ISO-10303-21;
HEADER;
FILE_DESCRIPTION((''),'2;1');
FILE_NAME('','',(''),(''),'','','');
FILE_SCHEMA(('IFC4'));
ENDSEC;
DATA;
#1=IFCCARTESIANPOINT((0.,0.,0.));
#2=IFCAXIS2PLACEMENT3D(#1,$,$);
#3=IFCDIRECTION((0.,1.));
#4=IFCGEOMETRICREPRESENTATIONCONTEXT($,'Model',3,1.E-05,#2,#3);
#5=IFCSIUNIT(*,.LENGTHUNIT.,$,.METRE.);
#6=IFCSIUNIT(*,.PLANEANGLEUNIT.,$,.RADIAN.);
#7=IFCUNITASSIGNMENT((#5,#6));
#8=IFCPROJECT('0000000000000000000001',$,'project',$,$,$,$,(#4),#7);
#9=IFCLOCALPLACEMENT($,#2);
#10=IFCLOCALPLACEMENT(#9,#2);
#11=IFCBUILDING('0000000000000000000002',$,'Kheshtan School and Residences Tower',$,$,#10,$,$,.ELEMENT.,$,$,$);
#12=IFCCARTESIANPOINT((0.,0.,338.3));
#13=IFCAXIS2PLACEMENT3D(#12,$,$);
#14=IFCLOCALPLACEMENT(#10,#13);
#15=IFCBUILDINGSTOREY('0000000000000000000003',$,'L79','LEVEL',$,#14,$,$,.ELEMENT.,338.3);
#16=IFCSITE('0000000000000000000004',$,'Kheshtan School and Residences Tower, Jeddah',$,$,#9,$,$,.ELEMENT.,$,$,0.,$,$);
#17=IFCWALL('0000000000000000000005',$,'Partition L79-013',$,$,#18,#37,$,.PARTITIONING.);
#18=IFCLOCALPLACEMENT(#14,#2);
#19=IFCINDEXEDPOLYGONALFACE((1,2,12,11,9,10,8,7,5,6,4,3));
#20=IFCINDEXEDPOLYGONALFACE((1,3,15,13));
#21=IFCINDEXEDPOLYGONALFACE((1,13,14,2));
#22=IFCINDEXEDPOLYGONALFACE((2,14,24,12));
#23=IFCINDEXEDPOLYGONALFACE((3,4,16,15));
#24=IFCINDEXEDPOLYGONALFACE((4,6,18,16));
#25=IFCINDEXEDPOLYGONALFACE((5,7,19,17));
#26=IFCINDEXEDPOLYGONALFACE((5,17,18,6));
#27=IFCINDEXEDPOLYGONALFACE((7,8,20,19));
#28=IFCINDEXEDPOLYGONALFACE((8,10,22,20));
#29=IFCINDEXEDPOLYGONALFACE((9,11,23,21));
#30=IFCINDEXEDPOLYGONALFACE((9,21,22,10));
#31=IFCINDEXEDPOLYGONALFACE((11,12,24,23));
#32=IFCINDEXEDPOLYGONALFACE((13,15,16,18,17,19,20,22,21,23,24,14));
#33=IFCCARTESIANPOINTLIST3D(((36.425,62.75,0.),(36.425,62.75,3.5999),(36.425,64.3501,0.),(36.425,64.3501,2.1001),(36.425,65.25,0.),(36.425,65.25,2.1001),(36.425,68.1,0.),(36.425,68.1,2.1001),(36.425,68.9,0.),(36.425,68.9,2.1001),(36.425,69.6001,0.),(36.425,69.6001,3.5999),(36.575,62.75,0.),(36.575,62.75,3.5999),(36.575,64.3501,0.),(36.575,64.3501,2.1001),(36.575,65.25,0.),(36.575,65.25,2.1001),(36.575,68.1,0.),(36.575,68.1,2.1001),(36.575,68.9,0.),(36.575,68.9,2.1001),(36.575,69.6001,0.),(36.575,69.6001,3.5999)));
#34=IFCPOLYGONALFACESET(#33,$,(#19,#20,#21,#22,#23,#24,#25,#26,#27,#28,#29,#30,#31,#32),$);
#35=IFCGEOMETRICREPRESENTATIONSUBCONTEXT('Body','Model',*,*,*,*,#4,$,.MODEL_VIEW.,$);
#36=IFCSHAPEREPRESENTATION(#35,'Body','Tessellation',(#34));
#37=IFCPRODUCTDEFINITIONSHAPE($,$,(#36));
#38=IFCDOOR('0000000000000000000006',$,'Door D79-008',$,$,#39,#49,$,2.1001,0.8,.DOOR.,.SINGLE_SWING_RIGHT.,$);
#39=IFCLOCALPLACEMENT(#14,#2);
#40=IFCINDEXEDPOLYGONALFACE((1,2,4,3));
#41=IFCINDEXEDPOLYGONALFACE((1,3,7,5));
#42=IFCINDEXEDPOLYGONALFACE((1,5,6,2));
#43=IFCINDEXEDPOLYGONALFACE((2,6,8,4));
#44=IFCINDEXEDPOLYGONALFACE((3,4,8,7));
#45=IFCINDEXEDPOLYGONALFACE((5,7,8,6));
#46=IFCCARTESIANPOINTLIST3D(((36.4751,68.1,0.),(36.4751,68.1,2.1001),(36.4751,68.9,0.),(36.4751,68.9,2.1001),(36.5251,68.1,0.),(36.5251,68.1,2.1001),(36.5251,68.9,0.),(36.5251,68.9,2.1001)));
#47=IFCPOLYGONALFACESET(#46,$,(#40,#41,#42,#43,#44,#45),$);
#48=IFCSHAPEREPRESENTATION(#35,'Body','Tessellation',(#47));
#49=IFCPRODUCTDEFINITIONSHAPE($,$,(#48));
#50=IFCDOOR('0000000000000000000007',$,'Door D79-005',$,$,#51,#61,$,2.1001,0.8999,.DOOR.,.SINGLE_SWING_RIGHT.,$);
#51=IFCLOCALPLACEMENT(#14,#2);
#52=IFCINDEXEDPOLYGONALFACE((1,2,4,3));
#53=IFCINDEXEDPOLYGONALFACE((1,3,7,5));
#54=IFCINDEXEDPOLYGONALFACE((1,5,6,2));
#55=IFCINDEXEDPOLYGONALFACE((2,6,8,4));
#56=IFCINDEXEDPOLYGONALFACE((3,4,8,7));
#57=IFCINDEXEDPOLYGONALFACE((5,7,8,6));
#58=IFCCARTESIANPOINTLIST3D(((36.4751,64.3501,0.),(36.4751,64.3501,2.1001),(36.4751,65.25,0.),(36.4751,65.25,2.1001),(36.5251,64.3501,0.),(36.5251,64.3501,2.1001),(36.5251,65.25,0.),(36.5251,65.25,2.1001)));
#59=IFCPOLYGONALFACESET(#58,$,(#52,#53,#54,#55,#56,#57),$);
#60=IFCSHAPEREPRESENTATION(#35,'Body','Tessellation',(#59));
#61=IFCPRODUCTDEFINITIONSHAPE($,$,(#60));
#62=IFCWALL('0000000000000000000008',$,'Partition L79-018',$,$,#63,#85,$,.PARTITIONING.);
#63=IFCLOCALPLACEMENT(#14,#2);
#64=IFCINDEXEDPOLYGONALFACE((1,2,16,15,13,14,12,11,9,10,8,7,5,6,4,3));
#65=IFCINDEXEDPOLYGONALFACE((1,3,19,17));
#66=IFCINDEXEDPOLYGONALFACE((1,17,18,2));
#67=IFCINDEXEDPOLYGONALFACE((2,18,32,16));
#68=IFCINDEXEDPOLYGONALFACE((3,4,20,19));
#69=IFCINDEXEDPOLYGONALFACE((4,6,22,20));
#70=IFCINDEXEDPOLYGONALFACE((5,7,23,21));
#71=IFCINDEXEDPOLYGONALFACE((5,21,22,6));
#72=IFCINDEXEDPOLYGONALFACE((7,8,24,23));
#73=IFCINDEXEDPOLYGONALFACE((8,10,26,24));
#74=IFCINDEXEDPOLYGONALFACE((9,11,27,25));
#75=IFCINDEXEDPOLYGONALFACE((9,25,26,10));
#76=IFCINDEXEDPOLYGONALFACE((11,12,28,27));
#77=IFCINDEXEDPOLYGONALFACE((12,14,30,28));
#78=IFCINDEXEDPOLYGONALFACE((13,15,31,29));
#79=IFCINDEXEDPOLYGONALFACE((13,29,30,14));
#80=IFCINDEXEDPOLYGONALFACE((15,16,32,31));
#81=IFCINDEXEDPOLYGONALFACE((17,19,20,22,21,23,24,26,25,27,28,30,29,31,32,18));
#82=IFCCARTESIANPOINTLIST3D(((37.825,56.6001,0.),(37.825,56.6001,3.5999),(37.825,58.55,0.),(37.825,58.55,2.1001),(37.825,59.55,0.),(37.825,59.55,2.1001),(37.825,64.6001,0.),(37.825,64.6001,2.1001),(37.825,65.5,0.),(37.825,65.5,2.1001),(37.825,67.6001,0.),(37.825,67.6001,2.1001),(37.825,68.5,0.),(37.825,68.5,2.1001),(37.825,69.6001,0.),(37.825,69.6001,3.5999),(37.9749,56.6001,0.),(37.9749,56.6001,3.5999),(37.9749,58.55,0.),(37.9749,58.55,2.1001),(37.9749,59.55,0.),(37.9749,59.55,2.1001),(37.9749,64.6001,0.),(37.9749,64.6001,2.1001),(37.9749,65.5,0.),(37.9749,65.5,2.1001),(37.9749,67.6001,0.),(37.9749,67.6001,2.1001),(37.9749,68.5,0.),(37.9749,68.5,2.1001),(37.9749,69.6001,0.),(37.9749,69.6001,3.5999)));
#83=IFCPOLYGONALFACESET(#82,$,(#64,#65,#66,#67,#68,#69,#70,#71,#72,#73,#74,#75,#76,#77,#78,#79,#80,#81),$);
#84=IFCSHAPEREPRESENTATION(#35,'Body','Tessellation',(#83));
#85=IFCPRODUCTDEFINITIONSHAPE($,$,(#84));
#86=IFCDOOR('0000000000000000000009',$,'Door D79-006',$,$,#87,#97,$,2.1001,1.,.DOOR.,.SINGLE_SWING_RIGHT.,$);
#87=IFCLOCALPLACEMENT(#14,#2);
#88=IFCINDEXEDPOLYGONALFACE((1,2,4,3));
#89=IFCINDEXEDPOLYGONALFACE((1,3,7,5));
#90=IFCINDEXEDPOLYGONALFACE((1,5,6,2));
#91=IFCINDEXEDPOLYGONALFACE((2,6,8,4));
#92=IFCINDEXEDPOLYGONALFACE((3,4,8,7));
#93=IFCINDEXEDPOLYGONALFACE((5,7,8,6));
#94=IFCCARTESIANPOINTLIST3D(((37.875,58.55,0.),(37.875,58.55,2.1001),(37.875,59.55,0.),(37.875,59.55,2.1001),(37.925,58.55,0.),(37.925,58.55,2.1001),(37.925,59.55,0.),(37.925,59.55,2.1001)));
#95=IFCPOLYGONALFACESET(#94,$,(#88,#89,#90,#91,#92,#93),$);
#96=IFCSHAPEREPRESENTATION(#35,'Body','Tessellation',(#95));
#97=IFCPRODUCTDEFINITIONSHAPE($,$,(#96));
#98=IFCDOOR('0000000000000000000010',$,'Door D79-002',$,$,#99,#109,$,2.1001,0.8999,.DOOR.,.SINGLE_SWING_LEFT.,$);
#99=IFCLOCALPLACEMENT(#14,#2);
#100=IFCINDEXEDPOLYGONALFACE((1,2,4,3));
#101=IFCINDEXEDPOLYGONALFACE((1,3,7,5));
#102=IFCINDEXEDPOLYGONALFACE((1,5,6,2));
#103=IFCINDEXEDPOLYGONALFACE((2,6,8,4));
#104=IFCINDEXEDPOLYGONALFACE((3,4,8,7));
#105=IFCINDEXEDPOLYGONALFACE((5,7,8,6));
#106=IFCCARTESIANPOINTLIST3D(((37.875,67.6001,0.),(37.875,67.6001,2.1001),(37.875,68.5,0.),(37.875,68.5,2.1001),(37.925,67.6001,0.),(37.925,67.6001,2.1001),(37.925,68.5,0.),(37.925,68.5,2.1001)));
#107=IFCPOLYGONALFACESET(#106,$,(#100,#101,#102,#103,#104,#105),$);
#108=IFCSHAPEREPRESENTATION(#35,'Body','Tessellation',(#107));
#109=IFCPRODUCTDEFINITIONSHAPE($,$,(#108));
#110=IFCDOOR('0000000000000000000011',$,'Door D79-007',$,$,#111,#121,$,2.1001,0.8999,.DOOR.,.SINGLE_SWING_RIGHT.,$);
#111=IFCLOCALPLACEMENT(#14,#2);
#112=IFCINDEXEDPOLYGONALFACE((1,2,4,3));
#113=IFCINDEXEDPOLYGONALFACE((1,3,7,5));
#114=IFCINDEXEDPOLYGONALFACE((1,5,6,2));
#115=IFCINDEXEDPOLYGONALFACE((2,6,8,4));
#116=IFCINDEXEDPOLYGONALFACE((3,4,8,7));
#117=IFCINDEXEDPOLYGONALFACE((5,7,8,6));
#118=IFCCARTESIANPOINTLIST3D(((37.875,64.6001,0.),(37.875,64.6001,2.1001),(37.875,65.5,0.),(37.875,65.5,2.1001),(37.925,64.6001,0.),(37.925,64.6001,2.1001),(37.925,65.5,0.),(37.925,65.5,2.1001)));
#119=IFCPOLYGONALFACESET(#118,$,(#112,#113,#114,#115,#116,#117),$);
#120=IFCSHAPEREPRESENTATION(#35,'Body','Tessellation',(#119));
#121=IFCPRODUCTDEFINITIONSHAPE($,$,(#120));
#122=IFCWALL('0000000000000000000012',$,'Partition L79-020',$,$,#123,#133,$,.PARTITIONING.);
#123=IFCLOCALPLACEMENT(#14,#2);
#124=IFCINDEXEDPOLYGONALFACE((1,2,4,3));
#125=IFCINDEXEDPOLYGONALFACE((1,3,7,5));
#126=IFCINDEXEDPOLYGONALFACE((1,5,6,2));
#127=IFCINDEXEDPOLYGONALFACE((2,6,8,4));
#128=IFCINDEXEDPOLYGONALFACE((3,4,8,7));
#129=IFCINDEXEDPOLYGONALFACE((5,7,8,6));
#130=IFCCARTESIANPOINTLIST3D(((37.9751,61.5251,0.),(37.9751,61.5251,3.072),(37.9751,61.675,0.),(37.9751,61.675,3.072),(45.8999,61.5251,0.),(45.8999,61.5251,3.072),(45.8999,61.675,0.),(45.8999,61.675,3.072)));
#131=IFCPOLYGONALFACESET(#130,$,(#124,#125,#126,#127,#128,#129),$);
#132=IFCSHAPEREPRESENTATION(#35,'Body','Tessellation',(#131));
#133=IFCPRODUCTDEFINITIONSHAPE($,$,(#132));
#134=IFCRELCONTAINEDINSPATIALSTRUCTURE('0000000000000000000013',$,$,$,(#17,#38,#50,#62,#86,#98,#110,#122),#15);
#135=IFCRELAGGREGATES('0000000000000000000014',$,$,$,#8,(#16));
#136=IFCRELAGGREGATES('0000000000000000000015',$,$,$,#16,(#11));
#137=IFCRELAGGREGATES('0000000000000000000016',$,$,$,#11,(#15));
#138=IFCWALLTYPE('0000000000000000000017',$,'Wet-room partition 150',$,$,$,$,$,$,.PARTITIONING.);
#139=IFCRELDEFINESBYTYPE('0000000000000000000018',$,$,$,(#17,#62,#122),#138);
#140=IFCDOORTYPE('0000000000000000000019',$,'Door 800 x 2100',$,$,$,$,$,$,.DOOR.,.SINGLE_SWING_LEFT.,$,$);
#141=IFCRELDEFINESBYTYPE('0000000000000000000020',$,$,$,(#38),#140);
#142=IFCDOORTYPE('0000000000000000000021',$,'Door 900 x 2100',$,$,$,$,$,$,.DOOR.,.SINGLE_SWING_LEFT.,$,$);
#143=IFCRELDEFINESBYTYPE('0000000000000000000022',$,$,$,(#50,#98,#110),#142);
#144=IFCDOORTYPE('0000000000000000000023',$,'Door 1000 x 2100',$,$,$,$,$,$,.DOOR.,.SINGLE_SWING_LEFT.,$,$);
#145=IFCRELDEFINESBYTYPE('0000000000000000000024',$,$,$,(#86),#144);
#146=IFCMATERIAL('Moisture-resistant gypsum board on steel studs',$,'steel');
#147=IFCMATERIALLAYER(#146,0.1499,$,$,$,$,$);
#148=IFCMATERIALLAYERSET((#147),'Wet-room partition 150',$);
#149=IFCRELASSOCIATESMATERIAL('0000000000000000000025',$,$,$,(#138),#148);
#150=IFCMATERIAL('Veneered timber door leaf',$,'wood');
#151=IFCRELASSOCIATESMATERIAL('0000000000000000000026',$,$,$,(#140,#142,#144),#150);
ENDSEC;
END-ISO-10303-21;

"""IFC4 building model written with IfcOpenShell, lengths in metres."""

from ifc_helpers import new_model, si_unit, direction, frame, frame_2d, origin, place, context, subcontext, project, spatial, rectangle, extrude, source, transform, mapped, material, layer, layer_set, type_object, element, fill, save


model = new_model("IFC4")

# Units and contexts
model_context = context("Model", 3, precision=1e-05, world=origin(), true_north=direction((0.0, 1.0)))
body_context = subcontext(model_context, "Body", "Model", "MODEL_VIEW")
ifc_project = project(units=[si_unit("LENGTHUNIT", "METRE"), si_unit("PLANEANGLEUNIT", "RADIAN")], contexts=[model_context])

# Site, building, storey
site_placement = place(None, origin())
site = spatial("IfcSite", under=ifc_project, at=site_placement, Name="Kheshtan School and Residences Tower, Jeddah", CompositionType="ELEMENT", RefElevation=0.0)
building_placement = place(site_placement, origin())
building = spatial("IfcBuilding", under=site, at=building_placement, Name="Kheshtan School and Residences Tower", CompositionType="ELEMENT")
storey_placement = place(building_placement, frame((0.0, 0.0, 338.3)))
storey = spatial("IfcBuildingStorey", under=building, at=storey_placement, Name="L79", Description="LEVEL", CompositionType="ELEMENT", Elevation=338.3)

# Shared definitions
ifc_material_1 = material(Name="Moisture-resistant gypsum board on steel studs", Category="steel")
ifc_layer_1 = layer(ifc_material_1, 0.1499)
ifc_layer_set_1 = layer_set([ifc_layer_1], Name="Wet-room partition 150")
wall_type_1 = type_object("IfcWallType", Name="Wet-room partition 150", PredefinedType="PARTITIONING", material=ifc_layer_set_1)

# Shared definitions
ifc_material_2 = material(Name="Veneered timber door leaf", Category="wood")
door_type_1 = type_object("IfcDoorType", Name="Door 800 x 2100", OperationType="SINGLE_SWING_LEFT", PredefinedType="DOOR", material=ifc_material_2)
shared_shape_1 = source(origin(), body_context, "Body", "SweptSolid", [
    extrude(rectangle(XDim=0.8, YDim=2.1001, at=frame_2d((0.3999, 1.05))), frame((0.0, 0.0249, 0.0), z_axis=(0.0, -1.0, 0.0), x_axis=(1.0, 0.0, 0.0)), (0.0, 0.0, 1.0), 0.05),
])

# Walls, openings, doors
wall_1_placement = place(storey_placement, frame((36.5, 62.75, 0.0), z_axis=(0.0, 0.0, 1.0), x_axis=(0.0, 1.0, 0.0)))
wall_1 = element("IfcWall", 1, at=wall_1_placement, inside=storey, type_object=wall_type_1, Name="Partition L79-013", PredefinedType="PARTITIONING", context=body_context, shape_type="SweptSolid", body=[
    extrude(rectangle(XDim=6.8501, YDim=0.1499, at=frame_2d((3.425, 0.0))), origin(), (0.0, 0.0, 1.0), 3.5999),
])
opening_1_placement = place(wall_1_placement, frame((1.6001, 0.0, 0.0)))
opening_1 = element("IfcOpeningElement", 2, at=opening_1_placement, cuts=wall_1, PredefinedType="OPENING", context=body_context, shape_type="SweptSolid", body=[
    extrude(rectangle(XDim=0.8999, YDim=2.1001, at=frame_2d((0.45, 1.05))), frame((0.0, 0.085, 0.0), z_axis=(0.0, -1.0, 0.0), x_axis=(1.0, 0.0, 0.0)), (0.0, 0.0, 1.0), 0.1699),
])
opening_2_placement = place(wall_1_placement, frame((5.3501, 0.0, 0.0)))
opening_2 = element("IfcOpeningElement", 3, at=opening_2_placement, cuts=wall_1, PredefinedType="OPENING", context=body_context, shape_type="SweptSolid", body=[
    extrude(rectangle(XDim=0.8, YDim=2.1001, at=frame_2d((0.3999, 1.05))), frame((0.0, 0.085, 0.0), z_axis=(0.0, -1.0, 0.0), x_axis=(1.0, 0.0, 0.0)), (0.0, 0.0, 1.0), 0.1699),
])
door_1_placement = place(opening_2_placement, origin())
door_1 = element("IfcDoor", 4, at=door_1_placement, inside=storey, type_object=door_type_1, Name="Door D79-008", OperationType="SINGLE_SWING_RIGHT", OverallHeight=2.1001, OverallWidth=0.8, PredefinedType="DOOR", context=body_context, shape_type="MappedRepresentation", body=[
    mapped(shared_shape_1, transform((0.0, 0.0, 0.0), x_axis=(1.0, 0.0, 0.0), y_axis=(0.0, 1.0, 0.0), z_axis=(0.0, 0.0, 1.0), scale=1.0)),
])
fill(opening_2, door_1)
door_type_2 = type_object("IfcDoorType", Name="Door 900 x 2100", OperationType="SINGLE_SWING_LEFT", PredefinedType="DOOR", material=ifc_material_2)
shared_shape_2 = source(origin(), body_context, "Body", "SweptSolid", [
    extrude(rectangle(XDim=0.8999, YDim=2.1001, at=frame_2d((0.45, 1.05))), frame((0.0, 0.0249, 0.0), z_axis=(0.0, -1.0, 0.0), x_axis=(1.0, 0.0, 0.0)), (0.0, 0.0, 1.0), 0.05),
])
door_2_placement = place(opening_1_placement, origin())
door_2 = element("IfcDoor", 5, at=door_2_placement, inside=storey, type_object=door_type_2, Name="Door D79-005", OperationType="SINGLE_SWING_RIGHT", OverallHeight=2.1001, OverallWidth=0.8999, PredefinedType="DOOR", context=body_context, shape_type="MappedRepresentation", body=[
    mapped(shared_shape_2, transform((0.0, 0.0, 0.0), x_axis=(1.0, 0.0, 0.0), y_axis=(0.0, 1.0, 0.0), z_axis=(0.0, 0.0, 1.0), scale=1.0)),
])
fill(opening_1, door_2)
wall_2_placement = place(storey_placement, frame((37.8999, 56.6001, 0.0), z_axis=(0.0, 0.0, 1.0), x_axis=(0.0, 1.0, 0.0)))
wall_2 = element("IfcWall", 6, at=wall_2_placement, inside=storey, type_object=wall_type_1, Name="Partition L79-018", PredefinedType="PARTITIONING", context=body_context, shape_type="SweptSolid", body=[
    extrude(rectangle(XDim=13.0, YDim=0.1499, at=frame_2d((6.5, 0.0))), origin(), (0.0, 0.0, 1.0), 3.5999),
])
opening_3_placement = place(wall_2_placement, frame((11.0, 0.0, 0.0)))
opening_3 = element("IfcOpeningElement", 7, at=opening_3_placement, cuts=wall_2, PredefinedType="OPENING", context=body_context, shape_type="SweptSolid", body=[
    extrude(rectangle(XDim=0.8999, YDim=2.1001, at=frame_2d((0.45, 1.05))), frame((0.0, 0.085, 0.0), z_axis=(0.0, -1.0, 0.0), x_axis=(1.0, 0.0, 0.0)), (0.0, 0.0, 1.0), 0.1699),
])
opening_4_placement = place(wall_2_placement, frame((1.95, 0.0, 0.0)))
opening_4 = element("IfcOpeningElement", 8, at=opening_4_placement, cuts=wall_2, PredefinedType="OPENING", context=body_context, shape_type="SweptSolid", body=[
    extrude(rectangle(XDim=1.0, YDim=2.1001, at=frame_2d((0.5, 1.05))), frame((0.0, 0.085, 0.0), z_axis=(0.0, -1.0, 0.0), x_axis=(1.0, 0.0, 0.0)), (0.0, 0.0, 1.0), 0.1699),
])
opening_5_placement = place(wall_2_placement, frame((8.0, 0.0, 0.0)))
opening_5 = element("IfcOpeningElement", 9, at=opening_5_placement, cuts=wall_2, PredefinedType="OPENING", context=body_context, shape_type="SweptSolid", body=[
    extrude(rectangle(XDim=0.8999, YDim=2.1001, at=frame_2d((0.45, 1.05))), frame((0.0, 0.085, 0.0), z_axis=(0.0, -1.0, 0.0), x_axis=(1.0, 0.0, 0.0)), (0.0, 0.0, 1.0), 0.1699),
])
door_type_3 = type_object("IfcDoorType", Name="Door 1000 x 2100", OperationType="SINGLE_SWING_LEFT", PredefinedType="DOOR", material=ifc_material_2)
shared_shape_3 = source(origin(), body_context, "Body", "SweptSolid", [
    extrude(rectangle(XDim=1.0, YDim=2.1001, at=frame_2d((0.5, 1.05))), frame((0.0, 0.0249, 0.0), z_axis=(0.0, -1.0, 0.0), x_axis=(1.0, 0.0, 0.0)), (0.0, 0.0, 1.0), 0.05),
])
door_3_placement = place(opening_4_placement, origin())
door_3 = element("IfcDoor", 10, at=door_3_placement, inside=storey, type_object=door_type_3, Name="Door D79-006", OperationType="SINGLE_SWING_RIGHT", OverallHeight=2.1001, OverallWidth=1.0, PredefinedType="DOOR", context=body_context, shape_type="MappedRepresentation", body=[
    mapped(shared_shape_3, transform((0.0, 0.0, 0.0), x_axis=(1.0, 0.0, 0.0), y_axis=(0.0, 1.0, 0.0), z_axis=(0.0, 0.0, 1.0), scale=1.0)),
])
fill(opening_4, door_3)
door_4_placement = place(opening_3_placement, origin())
door_4 = element("IfcDoor", 11, at=door_4_placement, inside=storey, type_object=door_type_2, Name="Door D79-002", OperationType="SINGLE_SWING_LEFT", OverallHeight=2.1001, OverallWidth=0.8999, PredefinedType="DOOR", context=body_context, shape_type="MappedRepresentation", body=[
    mapped(shared_shape_2, transform((0.0, 0.0, 0.0), x_axis=(1.0, 0.0, 0.0), y_axis=(0.0, 1.0, 0.0), z_axis=(0.0, 0.0, 1.0), scale=1.0)),
])
fill(opening_3, door_4)
door_5_placement = place(opening_5_placement, origin())
door_5 = element("IfcDoor", 12, at=door_5_placement, inside=storey, type_object=door_type_2, Name="Door D79-007", OperationType="SINGLE_SWING_RIGHT", OverallHeight=2.1001, OverallWidth=0.8999, PredefinedType="DOOR", context=body_context, shape_type="MappedRepresentation", body=[
    mapped(shared_shape_2, transform((0.0, 0.0, 0.0), x_axis=(1.0, 0.0, 0.0), y_axis=(0.0, 1.0, 0.0), z_axis=(0.0, 0.0, 1.0), scale=1.0)),
])
fill(opening_5, door_5)

# Wall
wall_3_placement = place(storey_placement, frame((37.9751, 61.6001, 0.0), z_axis=(0.0, 0.0, 1.0), x_axis=(1.0, 0.0, 0.0)))
element("IfcWall", 13, at=wall_3_placement, inside=storey, type_object=wall_type_1, Name="Partition L79-020", PredefinedType="PARTITIONING", context=body_context, shape_type="SweptSolid", body=[
    extrude(rectangle(XDim=7.9248, YDim=0.1499, at=frame_2d((3.9624, 0.0))), origin(), (0.0, 0.0, 1.0), 3.072),
])

save(model, "model.ifc")
